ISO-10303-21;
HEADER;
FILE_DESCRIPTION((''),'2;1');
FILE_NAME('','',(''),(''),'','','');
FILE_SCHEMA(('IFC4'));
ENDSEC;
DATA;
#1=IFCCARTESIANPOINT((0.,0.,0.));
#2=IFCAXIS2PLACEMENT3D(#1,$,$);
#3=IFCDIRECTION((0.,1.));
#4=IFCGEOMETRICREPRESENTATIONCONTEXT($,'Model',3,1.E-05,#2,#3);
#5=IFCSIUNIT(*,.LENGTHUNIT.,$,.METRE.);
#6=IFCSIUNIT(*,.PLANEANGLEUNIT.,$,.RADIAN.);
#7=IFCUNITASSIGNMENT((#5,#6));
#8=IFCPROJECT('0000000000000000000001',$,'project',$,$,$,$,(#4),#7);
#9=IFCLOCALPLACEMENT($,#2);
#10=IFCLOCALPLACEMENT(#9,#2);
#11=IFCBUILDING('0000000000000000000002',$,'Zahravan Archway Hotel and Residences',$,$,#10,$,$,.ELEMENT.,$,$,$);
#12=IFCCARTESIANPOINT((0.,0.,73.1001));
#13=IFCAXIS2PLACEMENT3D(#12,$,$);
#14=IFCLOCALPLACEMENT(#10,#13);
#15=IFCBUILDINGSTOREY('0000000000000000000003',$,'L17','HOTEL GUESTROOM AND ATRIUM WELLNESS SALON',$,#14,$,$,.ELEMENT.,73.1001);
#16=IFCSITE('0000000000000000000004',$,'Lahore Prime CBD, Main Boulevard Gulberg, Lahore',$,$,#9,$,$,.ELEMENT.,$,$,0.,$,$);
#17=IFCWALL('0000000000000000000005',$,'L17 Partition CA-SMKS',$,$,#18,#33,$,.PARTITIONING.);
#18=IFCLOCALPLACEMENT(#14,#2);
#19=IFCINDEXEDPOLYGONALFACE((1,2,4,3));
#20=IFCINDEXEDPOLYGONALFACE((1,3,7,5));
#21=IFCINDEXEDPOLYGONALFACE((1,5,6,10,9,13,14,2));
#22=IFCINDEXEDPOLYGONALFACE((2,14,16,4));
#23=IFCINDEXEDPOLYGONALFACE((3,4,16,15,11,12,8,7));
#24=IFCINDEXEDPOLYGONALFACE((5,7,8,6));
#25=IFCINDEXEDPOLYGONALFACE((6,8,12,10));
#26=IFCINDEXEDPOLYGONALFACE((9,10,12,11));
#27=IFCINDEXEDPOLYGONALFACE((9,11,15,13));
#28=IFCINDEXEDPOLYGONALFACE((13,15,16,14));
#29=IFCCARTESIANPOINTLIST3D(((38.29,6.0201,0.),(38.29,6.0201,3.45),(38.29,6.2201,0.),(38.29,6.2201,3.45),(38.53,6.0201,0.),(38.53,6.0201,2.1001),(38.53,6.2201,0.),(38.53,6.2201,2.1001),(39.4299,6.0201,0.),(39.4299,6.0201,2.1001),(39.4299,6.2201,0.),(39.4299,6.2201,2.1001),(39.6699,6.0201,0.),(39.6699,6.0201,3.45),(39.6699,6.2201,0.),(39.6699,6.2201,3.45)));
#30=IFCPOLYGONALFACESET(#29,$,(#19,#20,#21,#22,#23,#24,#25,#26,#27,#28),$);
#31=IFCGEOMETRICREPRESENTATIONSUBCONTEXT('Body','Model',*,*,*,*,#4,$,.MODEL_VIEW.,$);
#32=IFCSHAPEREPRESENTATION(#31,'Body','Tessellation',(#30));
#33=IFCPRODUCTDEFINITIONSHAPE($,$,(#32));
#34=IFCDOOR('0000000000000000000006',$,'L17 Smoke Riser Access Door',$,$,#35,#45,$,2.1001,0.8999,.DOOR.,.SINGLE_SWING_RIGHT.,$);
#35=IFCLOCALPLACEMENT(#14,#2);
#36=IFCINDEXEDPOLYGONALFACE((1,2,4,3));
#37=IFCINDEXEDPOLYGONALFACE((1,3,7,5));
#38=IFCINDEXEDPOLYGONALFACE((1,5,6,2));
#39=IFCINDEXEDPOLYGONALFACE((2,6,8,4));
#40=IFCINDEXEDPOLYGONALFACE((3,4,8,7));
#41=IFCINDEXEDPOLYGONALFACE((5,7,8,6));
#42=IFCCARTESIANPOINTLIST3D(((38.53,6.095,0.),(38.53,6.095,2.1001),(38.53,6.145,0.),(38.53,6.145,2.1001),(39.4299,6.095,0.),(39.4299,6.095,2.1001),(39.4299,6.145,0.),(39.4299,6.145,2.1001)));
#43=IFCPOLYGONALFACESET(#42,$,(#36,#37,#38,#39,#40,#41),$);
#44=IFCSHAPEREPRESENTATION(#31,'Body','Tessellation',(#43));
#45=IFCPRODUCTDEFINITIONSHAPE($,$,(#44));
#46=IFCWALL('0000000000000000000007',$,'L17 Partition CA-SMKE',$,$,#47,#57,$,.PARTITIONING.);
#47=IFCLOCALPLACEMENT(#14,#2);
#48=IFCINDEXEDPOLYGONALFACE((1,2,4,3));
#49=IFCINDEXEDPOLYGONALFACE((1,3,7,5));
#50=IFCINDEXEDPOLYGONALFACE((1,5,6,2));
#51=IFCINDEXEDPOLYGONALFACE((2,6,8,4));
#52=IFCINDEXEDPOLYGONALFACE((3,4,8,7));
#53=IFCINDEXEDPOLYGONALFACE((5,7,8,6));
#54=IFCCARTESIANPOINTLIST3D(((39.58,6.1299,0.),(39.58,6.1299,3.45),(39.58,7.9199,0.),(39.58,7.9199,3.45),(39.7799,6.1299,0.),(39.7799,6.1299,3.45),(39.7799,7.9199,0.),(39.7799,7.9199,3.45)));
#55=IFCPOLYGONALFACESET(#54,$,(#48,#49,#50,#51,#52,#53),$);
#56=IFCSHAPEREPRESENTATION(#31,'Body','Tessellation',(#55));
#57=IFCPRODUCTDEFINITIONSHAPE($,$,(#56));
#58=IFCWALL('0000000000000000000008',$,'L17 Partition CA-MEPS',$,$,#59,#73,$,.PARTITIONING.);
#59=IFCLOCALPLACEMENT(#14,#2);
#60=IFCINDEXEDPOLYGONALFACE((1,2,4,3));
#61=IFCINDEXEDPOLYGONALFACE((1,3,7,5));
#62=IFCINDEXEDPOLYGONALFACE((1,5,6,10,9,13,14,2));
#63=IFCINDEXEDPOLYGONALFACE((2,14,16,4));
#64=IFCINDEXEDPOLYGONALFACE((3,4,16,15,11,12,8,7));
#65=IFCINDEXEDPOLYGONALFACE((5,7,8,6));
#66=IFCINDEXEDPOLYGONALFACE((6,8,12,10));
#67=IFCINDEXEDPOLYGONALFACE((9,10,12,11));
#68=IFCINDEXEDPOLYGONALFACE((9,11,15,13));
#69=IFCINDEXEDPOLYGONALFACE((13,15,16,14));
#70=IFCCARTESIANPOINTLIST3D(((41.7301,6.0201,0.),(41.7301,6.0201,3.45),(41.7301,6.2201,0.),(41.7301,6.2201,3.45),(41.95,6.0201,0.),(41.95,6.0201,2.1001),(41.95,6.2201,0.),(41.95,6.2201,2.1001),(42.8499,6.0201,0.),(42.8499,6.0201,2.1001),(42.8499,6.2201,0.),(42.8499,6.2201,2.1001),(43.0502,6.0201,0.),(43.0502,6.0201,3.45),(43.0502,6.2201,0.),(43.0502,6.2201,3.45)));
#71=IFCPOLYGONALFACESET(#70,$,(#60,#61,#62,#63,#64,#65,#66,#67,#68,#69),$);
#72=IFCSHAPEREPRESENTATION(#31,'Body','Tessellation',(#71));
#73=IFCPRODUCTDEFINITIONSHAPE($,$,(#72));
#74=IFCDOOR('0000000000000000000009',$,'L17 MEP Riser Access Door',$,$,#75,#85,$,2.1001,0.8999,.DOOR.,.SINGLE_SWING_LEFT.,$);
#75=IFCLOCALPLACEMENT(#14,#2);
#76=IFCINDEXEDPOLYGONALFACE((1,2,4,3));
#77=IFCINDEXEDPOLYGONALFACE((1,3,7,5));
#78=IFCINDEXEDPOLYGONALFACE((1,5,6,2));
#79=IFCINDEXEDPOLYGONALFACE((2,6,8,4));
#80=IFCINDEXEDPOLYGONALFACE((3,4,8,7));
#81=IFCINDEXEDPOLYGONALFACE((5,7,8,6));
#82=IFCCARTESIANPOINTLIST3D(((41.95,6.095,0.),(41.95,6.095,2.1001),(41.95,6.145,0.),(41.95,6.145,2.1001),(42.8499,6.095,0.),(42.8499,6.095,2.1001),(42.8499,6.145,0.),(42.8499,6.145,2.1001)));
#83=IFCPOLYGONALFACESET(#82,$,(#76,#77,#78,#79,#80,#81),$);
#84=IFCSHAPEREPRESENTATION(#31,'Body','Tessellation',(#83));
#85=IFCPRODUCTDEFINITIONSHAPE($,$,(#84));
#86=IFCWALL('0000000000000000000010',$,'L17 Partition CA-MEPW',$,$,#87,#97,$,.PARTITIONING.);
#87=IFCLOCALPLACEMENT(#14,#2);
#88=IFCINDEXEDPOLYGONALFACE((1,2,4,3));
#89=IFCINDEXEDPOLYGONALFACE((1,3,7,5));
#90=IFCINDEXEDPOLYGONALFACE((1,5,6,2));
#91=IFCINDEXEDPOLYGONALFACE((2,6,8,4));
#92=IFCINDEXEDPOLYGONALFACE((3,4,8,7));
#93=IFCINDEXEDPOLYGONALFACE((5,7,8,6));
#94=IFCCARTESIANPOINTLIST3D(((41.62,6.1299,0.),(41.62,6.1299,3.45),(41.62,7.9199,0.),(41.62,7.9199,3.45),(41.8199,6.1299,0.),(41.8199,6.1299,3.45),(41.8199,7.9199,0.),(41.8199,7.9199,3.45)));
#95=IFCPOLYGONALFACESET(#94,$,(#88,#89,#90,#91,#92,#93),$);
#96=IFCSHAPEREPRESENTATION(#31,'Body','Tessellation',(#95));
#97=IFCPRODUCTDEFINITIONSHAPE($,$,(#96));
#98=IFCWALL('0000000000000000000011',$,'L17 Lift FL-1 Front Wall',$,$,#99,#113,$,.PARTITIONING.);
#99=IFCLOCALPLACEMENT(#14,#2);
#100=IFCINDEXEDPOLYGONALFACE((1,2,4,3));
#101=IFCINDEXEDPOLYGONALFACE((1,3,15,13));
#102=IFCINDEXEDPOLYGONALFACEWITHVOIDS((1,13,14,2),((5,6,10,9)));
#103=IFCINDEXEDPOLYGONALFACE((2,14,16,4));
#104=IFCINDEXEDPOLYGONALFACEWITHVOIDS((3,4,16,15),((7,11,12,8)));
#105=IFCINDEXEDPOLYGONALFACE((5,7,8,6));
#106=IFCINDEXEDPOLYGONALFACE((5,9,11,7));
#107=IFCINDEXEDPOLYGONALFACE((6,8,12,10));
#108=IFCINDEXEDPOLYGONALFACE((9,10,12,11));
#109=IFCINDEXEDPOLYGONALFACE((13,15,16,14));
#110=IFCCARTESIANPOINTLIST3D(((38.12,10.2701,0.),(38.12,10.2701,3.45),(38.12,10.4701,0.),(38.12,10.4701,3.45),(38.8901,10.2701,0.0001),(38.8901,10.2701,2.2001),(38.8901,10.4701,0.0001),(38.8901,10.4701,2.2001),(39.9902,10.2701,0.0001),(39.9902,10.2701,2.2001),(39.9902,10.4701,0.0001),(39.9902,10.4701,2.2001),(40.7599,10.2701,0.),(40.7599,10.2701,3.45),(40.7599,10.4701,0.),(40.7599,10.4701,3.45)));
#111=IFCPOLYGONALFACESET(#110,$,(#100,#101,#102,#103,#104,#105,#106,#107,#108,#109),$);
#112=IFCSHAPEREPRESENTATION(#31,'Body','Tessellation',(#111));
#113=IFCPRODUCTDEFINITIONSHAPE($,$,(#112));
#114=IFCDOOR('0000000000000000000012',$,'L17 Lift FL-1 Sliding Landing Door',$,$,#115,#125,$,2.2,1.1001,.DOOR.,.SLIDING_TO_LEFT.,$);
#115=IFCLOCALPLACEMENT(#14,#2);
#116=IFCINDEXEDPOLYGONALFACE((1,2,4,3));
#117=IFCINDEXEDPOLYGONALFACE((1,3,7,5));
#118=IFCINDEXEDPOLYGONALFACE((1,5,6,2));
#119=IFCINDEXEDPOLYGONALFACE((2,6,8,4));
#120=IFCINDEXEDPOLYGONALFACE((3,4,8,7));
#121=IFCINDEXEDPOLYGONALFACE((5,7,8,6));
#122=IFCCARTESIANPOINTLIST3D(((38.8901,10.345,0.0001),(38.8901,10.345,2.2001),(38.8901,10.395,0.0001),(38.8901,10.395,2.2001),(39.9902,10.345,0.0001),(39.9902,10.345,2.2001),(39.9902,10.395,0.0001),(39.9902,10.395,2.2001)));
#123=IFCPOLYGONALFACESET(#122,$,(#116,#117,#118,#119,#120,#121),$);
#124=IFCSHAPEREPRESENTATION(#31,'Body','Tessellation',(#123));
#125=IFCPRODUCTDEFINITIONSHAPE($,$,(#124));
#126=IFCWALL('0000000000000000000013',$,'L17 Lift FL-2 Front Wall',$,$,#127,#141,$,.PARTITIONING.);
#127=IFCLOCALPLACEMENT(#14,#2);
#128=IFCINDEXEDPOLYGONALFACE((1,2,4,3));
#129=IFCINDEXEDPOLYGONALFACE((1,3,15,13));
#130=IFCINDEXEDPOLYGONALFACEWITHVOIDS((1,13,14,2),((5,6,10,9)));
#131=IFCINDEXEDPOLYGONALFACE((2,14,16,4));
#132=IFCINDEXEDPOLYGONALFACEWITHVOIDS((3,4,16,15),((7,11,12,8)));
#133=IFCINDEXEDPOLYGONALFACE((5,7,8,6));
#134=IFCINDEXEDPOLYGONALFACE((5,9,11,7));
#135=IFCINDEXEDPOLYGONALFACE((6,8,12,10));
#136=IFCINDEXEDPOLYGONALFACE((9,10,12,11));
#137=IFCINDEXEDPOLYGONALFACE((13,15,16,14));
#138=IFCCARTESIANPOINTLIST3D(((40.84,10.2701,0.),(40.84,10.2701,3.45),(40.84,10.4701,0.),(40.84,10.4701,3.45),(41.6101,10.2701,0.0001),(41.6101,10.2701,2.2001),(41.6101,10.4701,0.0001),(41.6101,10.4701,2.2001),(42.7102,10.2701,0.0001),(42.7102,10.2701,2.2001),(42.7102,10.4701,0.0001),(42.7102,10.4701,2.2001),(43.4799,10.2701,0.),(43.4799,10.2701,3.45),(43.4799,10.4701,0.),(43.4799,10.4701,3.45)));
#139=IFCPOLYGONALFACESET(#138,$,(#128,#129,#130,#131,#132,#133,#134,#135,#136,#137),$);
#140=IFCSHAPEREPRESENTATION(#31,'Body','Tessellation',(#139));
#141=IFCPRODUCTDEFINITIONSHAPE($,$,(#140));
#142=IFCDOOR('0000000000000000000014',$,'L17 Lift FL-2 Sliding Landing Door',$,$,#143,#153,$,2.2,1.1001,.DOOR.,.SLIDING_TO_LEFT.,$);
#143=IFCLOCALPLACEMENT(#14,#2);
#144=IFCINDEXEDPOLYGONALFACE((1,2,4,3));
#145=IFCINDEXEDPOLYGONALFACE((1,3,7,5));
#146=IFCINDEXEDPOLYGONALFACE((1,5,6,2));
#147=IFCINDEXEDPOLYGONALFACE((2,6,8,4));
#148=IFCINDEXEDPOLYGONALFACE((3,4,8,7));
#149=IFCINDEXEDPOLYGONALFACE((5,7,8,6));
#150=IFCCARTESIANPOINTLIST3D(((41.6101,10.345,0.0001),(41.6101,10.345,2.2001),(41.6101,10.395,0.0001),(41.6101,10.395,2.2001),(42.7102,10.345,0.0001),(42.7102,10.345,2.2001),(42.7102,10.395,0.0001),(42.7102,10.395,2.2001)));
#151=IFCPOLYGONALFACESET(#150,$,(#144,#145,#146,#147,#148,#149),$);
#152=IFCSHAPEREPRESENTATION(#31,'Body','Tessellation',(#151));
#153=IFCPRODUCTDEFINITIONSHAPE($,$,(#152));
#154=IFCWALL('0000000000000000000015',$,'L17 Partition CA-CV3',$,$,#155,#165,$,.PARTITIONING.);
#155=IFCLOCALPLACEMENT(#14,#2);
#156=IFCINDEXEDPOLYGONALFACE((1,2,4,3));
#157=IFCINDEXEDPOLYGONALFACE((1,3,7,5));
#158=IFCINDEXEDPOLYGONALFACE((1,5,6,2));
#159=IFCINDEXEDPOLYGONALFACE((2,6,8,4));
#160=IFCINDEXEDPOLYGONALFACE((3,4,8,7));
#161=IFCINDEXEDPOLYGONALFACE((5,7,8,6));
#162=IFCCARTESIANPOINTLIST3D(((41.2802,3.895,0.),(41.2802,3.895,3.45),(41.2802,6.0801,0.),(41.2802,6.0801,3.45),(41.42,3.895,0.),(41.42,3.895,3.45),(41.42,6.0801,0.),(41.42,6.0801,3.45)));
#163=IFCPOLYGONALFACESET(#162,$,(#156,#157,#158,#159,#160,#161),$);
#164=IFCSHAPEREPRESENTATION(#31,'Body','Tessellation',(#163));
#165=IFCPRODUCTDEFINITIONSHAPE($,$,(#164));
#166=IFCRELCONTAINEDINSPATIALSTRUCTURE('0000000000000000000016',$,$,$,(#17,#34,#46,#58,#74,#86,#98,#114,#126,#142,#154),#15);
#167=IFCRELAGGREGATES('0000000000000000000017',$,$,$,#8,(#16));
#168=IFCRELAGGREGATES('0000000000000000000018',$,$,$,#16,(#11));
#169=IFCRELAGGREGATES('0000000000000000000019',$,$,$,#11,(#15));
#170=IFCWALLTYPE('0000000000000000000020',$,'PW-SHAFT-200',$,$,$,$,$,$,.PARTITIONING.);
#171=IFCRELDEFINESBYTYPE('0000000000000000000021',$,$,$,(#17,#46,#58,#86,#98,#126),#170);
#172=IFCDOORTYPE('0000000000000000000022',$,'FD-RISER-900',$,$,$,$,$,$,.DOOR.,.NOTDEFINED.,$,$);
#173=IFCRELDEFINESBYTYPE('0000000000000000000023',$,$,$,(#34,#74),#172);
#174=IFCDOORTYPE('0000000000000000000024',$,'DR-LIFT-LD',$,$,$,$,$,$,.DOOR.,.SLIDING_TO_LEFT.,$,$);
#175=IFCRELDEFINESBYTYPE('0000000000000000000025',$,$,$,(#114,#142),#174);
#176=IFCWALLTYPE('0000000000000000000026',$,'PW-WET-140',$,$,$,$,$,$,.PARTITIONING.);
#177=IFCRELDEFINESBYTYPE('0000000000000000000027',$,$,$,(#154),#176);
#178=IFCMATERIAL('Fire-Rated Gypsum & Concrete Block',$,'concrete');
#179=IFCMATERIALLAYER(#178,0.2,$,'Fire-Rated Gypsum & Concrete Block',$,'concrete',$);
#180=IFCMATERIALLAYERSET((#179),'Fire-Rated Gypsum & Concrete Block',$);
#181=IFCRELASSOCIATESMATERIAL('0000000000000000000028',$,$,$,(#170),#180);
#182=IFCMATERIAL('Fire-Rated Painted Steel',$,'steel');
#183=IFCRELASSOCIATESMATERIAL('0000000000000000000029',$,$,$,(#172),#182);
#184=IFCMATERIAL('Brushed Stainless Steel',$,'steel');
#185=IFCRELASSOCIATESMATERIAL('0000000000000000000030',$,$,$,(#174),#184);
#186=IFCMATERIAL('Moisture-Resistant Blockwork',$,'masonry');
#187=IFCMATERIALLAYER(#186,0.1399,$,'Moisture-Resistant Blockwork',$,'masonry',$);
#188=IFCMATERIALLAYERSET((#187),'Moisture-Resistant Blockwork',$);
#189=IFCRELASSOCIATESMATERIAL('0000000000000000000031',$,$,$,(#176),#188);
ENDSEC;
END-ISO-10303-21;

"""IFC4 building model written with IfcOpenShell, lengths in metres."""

from ifc_helpers import new_model, si_unit, direction, frame, frame_2d, origin, place, context, subcontext, project, spatial, rectangle, extrude, source, transform, mapped, material, layer, layer_set, type_object, type_shapes, element, fill, save


model = new_model("IFC4")

# Units and contexts
model_context = context("Model", 3, precision=1e-05, world=origin(), true_north=direction((0.0, 1.0)))
body_context = subcontext(model_context, "Body", "Model", "MODEL_VIEW")
ifc_project = project(units=[si_unit("LENGTHUNIT", "METRE"), si_unit("PLANEANGLEUNIT", "RADIAN")], contexts=[model_context])

# Site, building, storey
site_placement = place(None, origin())
site = spatial("IfcSite", under=ifc_project, at=site_placement, Name="Lahore Prime CBD, Main Boulevard Gulberg, Lahore", CompositionType="ELEMENT", RefElevation=0.0)
building_placement = place(site_placement, origin())
building = spatial("IfcBuilding", under=site, at=building_placement, Name="Zahravan Archway Hotel and Residences", CompositionType="ELEMENT")
storey_placement = place(building_placement, frame((0.0, 0.0, 73.1001)))
storey = spatial("IfcBuildingStorey", under=building, at=storey_placement, Name="L17", Description="HOTEL GUESTROOM AND ATRIUM WELLNESS SALON", CompositionType="ELEMENT", Elevation=73.1001)

# Shared definitions
ifc_material_1 = material(Name="Fire-Rated Gypsum & Concrete Block", Category="concrete")
ifc_layer_1 = layer(ifc_material_1, 0.2, Name="Fire-Rated Gypsum & Concrete Block", Category="concrete")
ifc_layer_set_1 = layer_set([ifc_layer_1], Name="Fire-Rated Gypsum & Concrete Block")
wall_type_1 = type_object("IfcWallType", Name="PW-SHAFT-200", PredefinedType="PARTITIONING", material=ifc_layer_set_1)

# Wall, opening, door
wall_1_placement = place(storey_placement, frame((38.29, 6.1201, 0.0), z_axis=(0.0, 0.0, 1.0), x_axis=(1.0, 0.0, 0.0)))
wall_1 = element("IfcWall", 1, at=wall_1_placement, inside=storey, type_object=wall_type_1, Name="L17 Partition CA-SMKS", PredefinedType="PARTITIONING", context=body_context, shape_type="SweptSolid", body=[
    extrude(rectangle(XDim=1.3799, YDim=0.2, at=frame_2d((0.6899, 0.0))), origin(), (0.0, 0.0, 1.0), 3.45),
])
opening_1_placement = place(wall_1_placement, frame((0.24, 0.0, 0.0)))
opening_1 = element("IfcOpeningElement", 2, at=opening_1_placement, cuts=wall_1, PredefinedType="OPENING", context=body_context, shape_type="SweptSolid", body=[
    extrude(rectangle(XDim=0.8999, YDim=2.1001, at=frame_2d((0.45, 1.05))), frame((0.0, 0.1099, 0.0), z_axis=(0.0, -1.0, 0.0), x_axis=(1.0, 0.0, 0.0)), (0.0, 0.0, 1.0), 0.22),
])
ifc_material_2 = material(Name="Fire-Rated Painted Steel", Category="steel")
door_type_1 = type_object("IfcDoorType", Name="FD-RISER-900", OperationType="NOTDEFINED", PredefinedType="DOOR", material=ifc_material_2)
shared_shape_1 = source(origin(), body_context, "Body", "SweptSolid", [
    extrude(rectangle(XDim=0.8999, YDim=2.1001, at=frame_2d((0.45, 1.05))), frame((0.0, 0.0249, 0.0), z_axis=(0.0, -1.0, 0.0), x_axis=(1.0, 0.0, 0.0)), (0.0, 0.0, 1.0), 0.05),
])
type_shapes(door_type_1, [shared_shape_1])
door_1_placement = place(opening_1_placement, origin())
door_1 = element("IfcDoor", 3, at=door_1_placement, inside=storey, type_object=door_type_1, Name="L17 Smoke Riser Access Door", OperationType="SINGLE_SWING_RIGHT", OverallHeight=2.1001, OverallWidth=0.8999, PredefinedType="DOOR", context=body_context, shape_type="MappedRepresentation", body=[
    mapped(shared_shape_1, transform((0.0, 0.0, 0.0), scale=1.0)),
])
fill(opening_1, door_1)

# Wall
wall_2_placement = place(storey_placement, frame((39.6799, 6.1299, 0.0), z_axis=(0.0, 0.0, 1.0), x_axis=(0.0, 1.0, 0.0)))
element("IfcWall", 4, at=wall_2_placement, inside=storey, type_object=wall_type_1, Name="L17 Partition CA-SMKE", PredefinedType="PARTITIONING", context=body_context, shape_type="SweptSolid", body=[
    extrude(rectangle(XDim=1.79, YDim=0.2, at=frame_2d((0.895, 0.0))), origin(), (0.0, 0.0, 1.0), 3.45),
])

# Wall, opening, door
wall_3_placement = place(storey_placement, frame((41.73, 6.1201, 0.0), z_axis=(0.0, 0.0, 1.0), x_axis=(1.0, 0.0, 0.0)))
wall_3 = element("IfcWall", 5, at=wall_3_placement, inside=storey, type_object=wall_type_1, Name="L17 Partition CA-MEPS", PredefinedType="PARTITIONING", context=body_context, shape_type="SweptSolid", body=[
    extrude(rectangle(XDim=1.3201, YDim=0.2, at=frame_2d((0.6602, 0.0))), origin(), (0.0, 0.0, 1.0), 3.45),
])
opening_2_placement = place(wall_3_placement, frame((0.22, 0.0, 0.0)))
opening_2 = element("IfcOpeningElement", 6, at=opening_2_placement, cuts=wall_3, PredefinedType="OPENING", context=body_context, shape_type="SweptSolid", body=[
    extrude(rectangle(XDim=0.8999, YDim=2.1001, at=frame_2d((0.45, 1.05))), frame((0.0, 0.1099, 0.0), z_axis=(0.0, -1.0, 0.0), x_axis=(1.0, 0.0, 0.0)), (0.0, 0.0, 1.0), 0.22),
])
door_2_placement = place(opening_2_placement, origin())
door_2 = element("IfcDoor", 7, at=door_2_placement, inside=storey, type_object=door_type_1, Name="L17 MEP Riser Access Door", OperationType="SINGLE_SWING_LEFT", OverallHeight=2.1001, OverallWidth=0.8999, PredefinedType="DOOR", context=body_context, shape_type="MappedRepresentation", body=[
    mapped(shared_shape_1, transform((0.0, 0.0, 0.0), scale=1.0)),
])
fill(opening_2, door_2)

# Wall
wall_4_placement = place(storey_placement, frame((41.72, 6.1299, 0.0), z_axis=(0.0, 0.0, 1.0), x_axis=(0.0, 1.0, 0.0)))
element("IfcWall", 8, at=wall_4_placement, inside=storey, type_object=wall_type_1, Name="L17 Partition CA-MEPW", PredefinedType="PARTITIONING", context=body_context, shape_type="SweptSolid", body=[
    extrude(rectangle(XDim=1.79, YDim=0.2, at=frame_2d((0.895, 0.0))), origin(), (0.0, 0.0, 1.0), 3.45),
])

# Walls, openings, doors
wall_5_placement = place(storey_placement, frame((38.1201, 10.3701, 0.0), z_axis=(0.0, 0.0, 1.0), x_axis=(1.0, 0.0, 0.0)))
wall_5 = element("IfcWall", 9, at=wall_5_placement, inside=storey, type_object=wall_type_1, Name="L17 Lift FL-1 Front Wall", PredefinedType="PARTITIONING", context=body_context, shape_type="SweptSolid", body=[
    extrude(rectangle(XDim=2.6399, YDim=0.2, at=frame_2d((1.3198, 0.0))), origin(), (0.0, 0.0, 1.0), 3.45),
])
opening_3_placement = place(wall_5_placement, frame((0.77, 0.0, 0.0)))
opening_3 = element("IfcOpeningElement", 10, at=opening_3_placement, cuts=wall_5, PredefinedType="OPENING", context=body_context, shape_type="SweptSolid", body=[
    extrude(rectangle(XDim=1.1001, YDim=2.2, at=frame_2d((0.55, 1.1001))), frame((0.0, 0.1099, 0.0), z_axis=(0.0, -1.0, 0.0), x_axis=(1.0, 0.0, 0.0)), (0.0, 0.0, 1.0), 0.22),
])
ifc_material_3 = material(Name="Brushed Stainless Steel", Category="steel")
door_type_2 = type_object("IfcDoorType", Name="DR-LIFT-LD", OperationType="SLIDING_TO_LEFT", PredefinedType="DOOR", material=ifc_material_3)
shared_shape_2 = source(origin(), body_context, "Body", "SweptSolid", [
    extrude(rectangle(XDim=1.1001, YDim=2.2, at=frame_2d((0.55, 1.1001))), frame((0.0, 0.0249, 0.0), z_axis=(0.0, -1.0, 0.0), x_axis=(1.0, 0.0, 0.0)), (0.0, 0.0, 1.0), 0.05),
])
type_shapes(door_type_2, [shared_shape_2])
door_3_placement = place(opening_3_placement, origin())
door_3 = element("IfcDoor", 11, at=door_3_placement, inside=storey, type_object=door_type_2, Name="L17 Lift FL-1 Sliding Landing Door", OperationType="SLIDING_TO_LEFT", OverallHeight=2.2, OverallWidth=1.1001, PredefinedType="DOOR", context=body_context, shape_type="MappedRepresentation", body=[
    mapped(shared_shape_2, transform((0.0, 0.0, 0.0), scale=1.0)),
])
fill(opening_3, door_3)
wall_6_placement = place(storey_placement, frame((40.8401, 10.3701, 0.0), z_axis=(0.0, 0.0, 1.0), x_axis=(1.0, 0.0, 0.0)))
wall_6 = element("IfcWall", 12, at=wall_6_placement, inside=storey, type_object=wall_type_1, Name="L17 Lift FL-2 Front Wall", PredefinedType="PARTITIONING", context=body_context, shape_type="SweptSolid", body=[
    extrude(rectangle(XDim=2.6399, YDim=0.2, at=frame_2d((1.3198, 0.0))), origin(), (0.0, 0.0, 1.0), 3.45),
])
opening_4_placement = place(wall_6_placement, frame((0.77, 0.0, 0.0)))
opening_4 = element("IfcOpeningElement", 13, at=opening_4_placement, cuts=wall_6, PredefinedType="OPENING", context=body_context, shape_type="SweptSolid", body=[
    extrude(rectangle(XDim=1.1001, YDim=2.2, at=frame_2d((0.55, 1.1001))), frame((0.0, 0.1099, 0.0), z_axis=(0.0, -1.0, 0.0), x_axis=(1.0, 0.0, 0.0)), (0.0, 0.0, 1.0), 0.22),
])
door_4_placement = place(opening_4_placement, origin())
door_4 = element("IfcDoor", 14, at=door_4_placement, inside=storey, type_object=door_type_2, Name="L17 Lift FL-2 Sliding Landing Door", OperationType="SLIDING_TO_LEFT", OverallHeight=2.2, OverallWidth=1.1001, PredefinedType="DOOR", context=body_context, shape_type="MappedRepresentation", body=[
    mapped(shared_shape_2, transform((0.0, 0.0, 0.0), scale=1.0)),
])
fill(opening_4, door_4)

# Wall
ifc_material_4 = material(Name="Moisture-Resistant Blockwork", Category="masonry")
ifc_layer_2 = layer(ifc_material_4, 0.1399, Name="Moisture-Resistant Blockwork", Category="masonry")
ifc_layer_set_2 = layer_set([ifc_layer_2], Name="Moisture-Resistant Blockwork")
wall_type_2 = type_object("IfcWallType", Name="PW-WET-140", PredefinedType="PARTITIONING", material=ifc_layer_set_2)
wall_7_placement = place(storey_placement, frame((41.3501, 3.895, 0.0), z_axis=(0.0, 0.0, 1.0), x_axis=(0.0, 1.0, 0.0)))
element("IfcWall", 15, at=wall_7_placement, inside=storey, type_object=wall_type_2, Name="L17 Partition CA-CV3", PredefinedType="PARTITIONING", context=body_context, shape_type="SweptSolid", body=[
    extrude(rectangle(XDim=2.1851, YDim=0.1399, at=frame_2d((1.0925, 0.0))), origin(), (0.0, 0.0, 1.0), 3.45),
])

save(model, "model.ifc")
